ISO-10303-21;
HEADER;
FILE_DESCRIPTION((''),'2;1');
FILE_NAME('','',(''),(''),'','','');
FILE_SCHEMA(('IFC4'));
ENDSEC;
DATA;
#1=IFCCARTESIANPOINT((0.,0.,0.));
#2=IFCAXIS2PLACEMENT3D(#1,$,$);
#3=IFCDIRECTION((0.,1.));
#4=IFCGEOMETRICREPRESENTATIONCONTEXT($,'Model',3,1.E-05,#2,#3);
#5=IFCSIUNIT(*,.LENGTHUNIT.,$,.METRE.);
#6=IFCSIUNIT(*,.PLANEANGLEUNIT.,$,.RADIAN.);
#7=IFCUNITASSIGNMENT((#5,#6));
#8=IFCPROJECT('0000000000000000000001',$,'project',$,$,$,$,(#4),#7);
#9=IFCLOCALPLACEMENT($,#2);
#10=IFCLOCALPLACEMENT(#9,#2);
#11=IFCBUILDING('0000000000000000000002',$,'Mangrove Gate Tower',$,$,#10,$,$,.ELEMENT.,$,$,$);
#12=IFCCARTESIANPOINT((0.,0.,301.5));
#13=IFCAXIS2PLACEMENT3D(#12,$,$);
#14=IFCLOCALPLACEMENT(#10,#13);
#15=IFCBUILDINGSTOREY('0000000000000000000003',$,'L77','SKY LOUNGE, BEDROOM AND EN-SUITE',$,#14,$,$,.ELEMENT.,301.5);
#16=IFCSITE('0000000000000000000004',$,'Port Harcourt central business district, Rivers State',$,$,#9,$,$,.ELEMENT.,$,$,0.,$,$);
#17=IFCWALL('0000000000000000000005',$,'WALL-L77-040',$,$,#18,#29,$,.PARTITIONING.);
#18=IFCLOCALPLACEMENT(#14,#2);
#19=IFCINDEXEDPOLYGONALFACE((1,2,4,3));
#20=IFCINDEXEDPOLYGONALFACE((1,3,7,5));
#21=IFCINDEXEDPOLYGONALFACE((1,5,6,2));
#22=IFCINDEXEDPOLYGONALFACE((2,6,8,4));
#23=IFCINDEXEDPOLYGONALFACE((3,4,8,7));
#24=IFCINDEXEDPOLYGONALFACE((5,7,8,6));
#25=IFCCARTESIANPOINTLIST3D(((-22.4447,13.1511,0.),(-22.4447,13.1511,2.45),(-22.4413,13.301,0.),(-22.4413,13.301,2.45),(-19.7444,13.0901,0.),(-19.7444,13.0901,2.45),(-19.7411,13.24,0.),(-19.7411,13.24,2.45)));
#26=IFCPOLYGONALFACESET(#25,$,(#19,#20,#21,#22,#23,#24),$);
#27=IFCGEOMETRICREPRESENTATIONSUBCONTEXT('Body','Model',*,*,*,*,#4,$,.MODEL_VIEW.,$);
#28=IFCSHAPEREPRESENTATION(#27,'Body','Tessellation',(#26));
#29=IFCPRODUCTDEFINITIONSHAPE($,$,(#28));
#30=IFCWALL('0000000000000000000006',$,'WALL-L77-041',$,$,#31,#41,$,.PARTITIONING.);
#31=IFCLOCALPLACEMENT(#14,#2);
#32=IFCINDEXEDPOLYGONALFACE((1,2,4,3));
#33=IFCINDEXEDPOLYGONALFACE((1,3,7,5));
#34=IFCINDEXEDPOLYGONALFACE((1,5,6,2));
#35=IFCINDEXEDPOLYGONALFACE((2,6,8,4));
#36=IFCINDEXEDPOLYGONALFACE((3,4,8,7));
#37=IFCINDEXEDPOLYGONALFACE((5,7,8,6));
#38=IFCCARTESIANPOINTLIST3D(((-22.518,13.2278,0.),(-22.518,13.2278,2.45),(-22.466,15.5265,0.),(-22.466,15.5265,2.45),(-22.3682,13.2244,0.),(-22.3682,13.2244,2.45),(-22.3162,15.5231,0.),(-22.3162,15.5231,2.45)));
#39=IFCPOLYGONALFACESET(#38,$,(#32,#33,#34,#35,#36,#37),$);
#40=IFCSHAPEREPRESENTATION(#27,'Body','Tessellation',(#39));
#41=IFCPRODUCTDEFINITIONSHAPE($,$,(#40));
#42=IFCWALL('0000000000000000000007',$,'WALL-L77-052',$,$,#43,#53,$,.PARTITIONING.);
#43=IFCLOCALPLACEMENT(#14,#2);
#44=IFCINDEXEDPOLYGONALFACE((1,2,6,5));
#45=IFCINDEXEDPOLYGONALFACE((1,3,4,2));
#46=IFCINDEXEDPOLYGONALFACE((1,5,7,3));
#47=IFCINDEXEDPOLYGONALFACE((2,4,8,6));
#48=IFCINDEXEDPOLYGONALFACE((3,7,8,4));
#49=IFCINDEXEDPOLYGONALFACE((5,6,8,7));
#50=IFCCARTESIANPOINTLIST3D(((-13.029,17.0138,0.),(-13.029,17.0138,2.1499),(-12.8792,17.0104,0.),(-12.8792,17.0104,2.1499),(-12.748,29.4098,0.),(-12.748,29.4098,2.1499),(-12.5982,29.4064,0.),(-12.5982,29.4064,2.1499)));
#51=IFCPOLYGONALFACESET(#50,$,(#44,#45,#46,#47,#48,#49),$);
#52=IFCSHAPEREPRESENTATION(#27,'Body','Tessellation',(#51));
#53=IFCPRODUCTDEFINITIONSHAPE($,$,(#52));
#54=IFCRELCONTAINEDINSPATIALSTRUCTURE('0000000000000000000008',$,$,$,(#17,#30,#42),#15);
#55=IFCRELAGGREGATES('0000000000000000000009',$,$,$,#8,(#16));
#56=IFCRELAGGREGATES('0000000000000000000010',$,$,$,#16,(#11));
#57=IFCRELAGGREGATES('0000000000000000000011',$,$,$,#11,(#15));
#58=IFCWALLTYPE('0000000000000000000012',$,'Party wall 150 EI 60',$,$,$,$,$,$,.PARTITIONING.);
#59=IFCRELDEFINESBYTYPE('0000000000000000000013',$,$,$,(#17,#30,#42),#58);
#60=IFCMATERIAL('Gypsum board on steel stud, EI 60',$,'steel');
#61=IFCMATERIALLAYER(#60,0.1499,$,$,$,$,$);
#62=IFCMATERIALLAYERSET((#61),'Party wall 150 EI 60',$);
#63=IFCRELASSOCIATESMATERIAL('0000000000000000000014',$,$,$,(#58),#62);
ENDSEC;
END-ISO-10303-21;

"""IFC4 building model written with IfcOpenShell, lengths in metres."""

from ifc_helpers import new_model, si_unit, direction, frame, frame_2d, origin, place, context, subcontext, project, spatial, rectangle, extrude, material, layer, layer_set, type_object, element, save


model = new_model("IFC4")

# Units and contexts
model_context = context("Model", 3, precision=1e-05, world=origin(), true_north=direction((0.0, 1.0)))
body_context = subcontext(model_context, "Body", "Model", "MODEL_VIEW")
ifc_project = project(units=[si_unit("LENGTHUNIT", "METRE"), si_unit("PLANEANGLEUNIT", "RADIAN")], contexts=[model_context])

# Site, building, storey
site_placement = place(None, origin())
site = spatial("IfcSite", under=ifc_project, at=site_placement, Name="Port Harcourt central business district, Rivers State", CompositionType="ELEMENT", RefElevation=0.0)
building_placement = place(site_placement, origin())
building = spatial("IfcBuilding", under=site, at=building_placement, Name="Mangrove Gate Tower", CompositionType="ELEMENT")
storey_placement = place(building_placement, frame((0.0, 0.0, 301.5)))
storey = spatial("IfcBuildingStorey", under=building, at=storey_placement, Name="L77", Description="SKY LOUNGE, BEDROOM AND EN-SUITE", CompositionType="ELEMENT", Elevation=301.5)

# Walls
ifc_material_1 = material(Name="Gypsum board on steel stud, EI 60", Category="steel")
ifc_layer_1 = layer(ifc_material_1, 0.1499)
ifc_layer_set_1 = layer_set([ifc_layer_1], Name="Party wall 150 EI 60")
wall_type_1 = type_object("IfcWallType", Name="Party wall 150 EI 60", PredefinedType="PARTITIONING", material=ifc_layer_set_1)
wall_1_placement = place(storey_placement, frame((-22.4431, 13.2261, 0.0), z_axis=(0.0, 0.0, 1.0), x_axis=(0.999745, -0.022598, 0.0)))
element("IfcWall", 1, at=wall_1_placement, inside=storey, type_object=wall_type_1, Name="WALL-L77-040", PredefinedType="PARTITIONING", context=body_context, shape_type="SweptSolid", body=[
    extrude(rectangle(XDim=2.7009, YDim=0.1499, at=frame_2d((1.3506, 0.0))), origin(), (0.0, 0.0, 1.0), 2.45),
])
wall_2_placement = place(storey_placement, frame((-22.4431, 13.2261, 0.0), z_axis=(0.0, 0.0, 1.0), x_axis=(0.022615, 0.999744, 0.0)))
element("IfcWall", 2, at=wall_2_placement, inside=storey, type_object=wall_type_1, Name="WALL-L77-041", PredefinedType="PARTITIONING", context=body_context, shape_type="SweptSolid", body=[
    extrude(rectangle(XDim=2.2993, YDim=0.1499, at=frame_2d((1.1497, 0.0))), origin(), (0.0, 0.0, 1.0), 2.45),
])
wall_3_placement = place(storey_placement, frame((-12.9541, 17.012, 0.0), z_axis=(0.0, 0.0, 1.0), x_axis=(0.022663, 0.999743, 0.0)))
element("IfcWall", 3, at=wall_3_placement, inside=storey, type_object=wall_type_1, Name="WALL-L77-052", PredefinedType="PARTITIONING", context=body_context, shape_type="SweptSolid", body=[
    extrude(rectangle(XDim=12.3992, YDim=0.1499, at=frame_2d((6.1997, 0.0))), origin(), (0.0, 0.0, 1.0), 2.1499),
])

save(model, "model.ifc")
